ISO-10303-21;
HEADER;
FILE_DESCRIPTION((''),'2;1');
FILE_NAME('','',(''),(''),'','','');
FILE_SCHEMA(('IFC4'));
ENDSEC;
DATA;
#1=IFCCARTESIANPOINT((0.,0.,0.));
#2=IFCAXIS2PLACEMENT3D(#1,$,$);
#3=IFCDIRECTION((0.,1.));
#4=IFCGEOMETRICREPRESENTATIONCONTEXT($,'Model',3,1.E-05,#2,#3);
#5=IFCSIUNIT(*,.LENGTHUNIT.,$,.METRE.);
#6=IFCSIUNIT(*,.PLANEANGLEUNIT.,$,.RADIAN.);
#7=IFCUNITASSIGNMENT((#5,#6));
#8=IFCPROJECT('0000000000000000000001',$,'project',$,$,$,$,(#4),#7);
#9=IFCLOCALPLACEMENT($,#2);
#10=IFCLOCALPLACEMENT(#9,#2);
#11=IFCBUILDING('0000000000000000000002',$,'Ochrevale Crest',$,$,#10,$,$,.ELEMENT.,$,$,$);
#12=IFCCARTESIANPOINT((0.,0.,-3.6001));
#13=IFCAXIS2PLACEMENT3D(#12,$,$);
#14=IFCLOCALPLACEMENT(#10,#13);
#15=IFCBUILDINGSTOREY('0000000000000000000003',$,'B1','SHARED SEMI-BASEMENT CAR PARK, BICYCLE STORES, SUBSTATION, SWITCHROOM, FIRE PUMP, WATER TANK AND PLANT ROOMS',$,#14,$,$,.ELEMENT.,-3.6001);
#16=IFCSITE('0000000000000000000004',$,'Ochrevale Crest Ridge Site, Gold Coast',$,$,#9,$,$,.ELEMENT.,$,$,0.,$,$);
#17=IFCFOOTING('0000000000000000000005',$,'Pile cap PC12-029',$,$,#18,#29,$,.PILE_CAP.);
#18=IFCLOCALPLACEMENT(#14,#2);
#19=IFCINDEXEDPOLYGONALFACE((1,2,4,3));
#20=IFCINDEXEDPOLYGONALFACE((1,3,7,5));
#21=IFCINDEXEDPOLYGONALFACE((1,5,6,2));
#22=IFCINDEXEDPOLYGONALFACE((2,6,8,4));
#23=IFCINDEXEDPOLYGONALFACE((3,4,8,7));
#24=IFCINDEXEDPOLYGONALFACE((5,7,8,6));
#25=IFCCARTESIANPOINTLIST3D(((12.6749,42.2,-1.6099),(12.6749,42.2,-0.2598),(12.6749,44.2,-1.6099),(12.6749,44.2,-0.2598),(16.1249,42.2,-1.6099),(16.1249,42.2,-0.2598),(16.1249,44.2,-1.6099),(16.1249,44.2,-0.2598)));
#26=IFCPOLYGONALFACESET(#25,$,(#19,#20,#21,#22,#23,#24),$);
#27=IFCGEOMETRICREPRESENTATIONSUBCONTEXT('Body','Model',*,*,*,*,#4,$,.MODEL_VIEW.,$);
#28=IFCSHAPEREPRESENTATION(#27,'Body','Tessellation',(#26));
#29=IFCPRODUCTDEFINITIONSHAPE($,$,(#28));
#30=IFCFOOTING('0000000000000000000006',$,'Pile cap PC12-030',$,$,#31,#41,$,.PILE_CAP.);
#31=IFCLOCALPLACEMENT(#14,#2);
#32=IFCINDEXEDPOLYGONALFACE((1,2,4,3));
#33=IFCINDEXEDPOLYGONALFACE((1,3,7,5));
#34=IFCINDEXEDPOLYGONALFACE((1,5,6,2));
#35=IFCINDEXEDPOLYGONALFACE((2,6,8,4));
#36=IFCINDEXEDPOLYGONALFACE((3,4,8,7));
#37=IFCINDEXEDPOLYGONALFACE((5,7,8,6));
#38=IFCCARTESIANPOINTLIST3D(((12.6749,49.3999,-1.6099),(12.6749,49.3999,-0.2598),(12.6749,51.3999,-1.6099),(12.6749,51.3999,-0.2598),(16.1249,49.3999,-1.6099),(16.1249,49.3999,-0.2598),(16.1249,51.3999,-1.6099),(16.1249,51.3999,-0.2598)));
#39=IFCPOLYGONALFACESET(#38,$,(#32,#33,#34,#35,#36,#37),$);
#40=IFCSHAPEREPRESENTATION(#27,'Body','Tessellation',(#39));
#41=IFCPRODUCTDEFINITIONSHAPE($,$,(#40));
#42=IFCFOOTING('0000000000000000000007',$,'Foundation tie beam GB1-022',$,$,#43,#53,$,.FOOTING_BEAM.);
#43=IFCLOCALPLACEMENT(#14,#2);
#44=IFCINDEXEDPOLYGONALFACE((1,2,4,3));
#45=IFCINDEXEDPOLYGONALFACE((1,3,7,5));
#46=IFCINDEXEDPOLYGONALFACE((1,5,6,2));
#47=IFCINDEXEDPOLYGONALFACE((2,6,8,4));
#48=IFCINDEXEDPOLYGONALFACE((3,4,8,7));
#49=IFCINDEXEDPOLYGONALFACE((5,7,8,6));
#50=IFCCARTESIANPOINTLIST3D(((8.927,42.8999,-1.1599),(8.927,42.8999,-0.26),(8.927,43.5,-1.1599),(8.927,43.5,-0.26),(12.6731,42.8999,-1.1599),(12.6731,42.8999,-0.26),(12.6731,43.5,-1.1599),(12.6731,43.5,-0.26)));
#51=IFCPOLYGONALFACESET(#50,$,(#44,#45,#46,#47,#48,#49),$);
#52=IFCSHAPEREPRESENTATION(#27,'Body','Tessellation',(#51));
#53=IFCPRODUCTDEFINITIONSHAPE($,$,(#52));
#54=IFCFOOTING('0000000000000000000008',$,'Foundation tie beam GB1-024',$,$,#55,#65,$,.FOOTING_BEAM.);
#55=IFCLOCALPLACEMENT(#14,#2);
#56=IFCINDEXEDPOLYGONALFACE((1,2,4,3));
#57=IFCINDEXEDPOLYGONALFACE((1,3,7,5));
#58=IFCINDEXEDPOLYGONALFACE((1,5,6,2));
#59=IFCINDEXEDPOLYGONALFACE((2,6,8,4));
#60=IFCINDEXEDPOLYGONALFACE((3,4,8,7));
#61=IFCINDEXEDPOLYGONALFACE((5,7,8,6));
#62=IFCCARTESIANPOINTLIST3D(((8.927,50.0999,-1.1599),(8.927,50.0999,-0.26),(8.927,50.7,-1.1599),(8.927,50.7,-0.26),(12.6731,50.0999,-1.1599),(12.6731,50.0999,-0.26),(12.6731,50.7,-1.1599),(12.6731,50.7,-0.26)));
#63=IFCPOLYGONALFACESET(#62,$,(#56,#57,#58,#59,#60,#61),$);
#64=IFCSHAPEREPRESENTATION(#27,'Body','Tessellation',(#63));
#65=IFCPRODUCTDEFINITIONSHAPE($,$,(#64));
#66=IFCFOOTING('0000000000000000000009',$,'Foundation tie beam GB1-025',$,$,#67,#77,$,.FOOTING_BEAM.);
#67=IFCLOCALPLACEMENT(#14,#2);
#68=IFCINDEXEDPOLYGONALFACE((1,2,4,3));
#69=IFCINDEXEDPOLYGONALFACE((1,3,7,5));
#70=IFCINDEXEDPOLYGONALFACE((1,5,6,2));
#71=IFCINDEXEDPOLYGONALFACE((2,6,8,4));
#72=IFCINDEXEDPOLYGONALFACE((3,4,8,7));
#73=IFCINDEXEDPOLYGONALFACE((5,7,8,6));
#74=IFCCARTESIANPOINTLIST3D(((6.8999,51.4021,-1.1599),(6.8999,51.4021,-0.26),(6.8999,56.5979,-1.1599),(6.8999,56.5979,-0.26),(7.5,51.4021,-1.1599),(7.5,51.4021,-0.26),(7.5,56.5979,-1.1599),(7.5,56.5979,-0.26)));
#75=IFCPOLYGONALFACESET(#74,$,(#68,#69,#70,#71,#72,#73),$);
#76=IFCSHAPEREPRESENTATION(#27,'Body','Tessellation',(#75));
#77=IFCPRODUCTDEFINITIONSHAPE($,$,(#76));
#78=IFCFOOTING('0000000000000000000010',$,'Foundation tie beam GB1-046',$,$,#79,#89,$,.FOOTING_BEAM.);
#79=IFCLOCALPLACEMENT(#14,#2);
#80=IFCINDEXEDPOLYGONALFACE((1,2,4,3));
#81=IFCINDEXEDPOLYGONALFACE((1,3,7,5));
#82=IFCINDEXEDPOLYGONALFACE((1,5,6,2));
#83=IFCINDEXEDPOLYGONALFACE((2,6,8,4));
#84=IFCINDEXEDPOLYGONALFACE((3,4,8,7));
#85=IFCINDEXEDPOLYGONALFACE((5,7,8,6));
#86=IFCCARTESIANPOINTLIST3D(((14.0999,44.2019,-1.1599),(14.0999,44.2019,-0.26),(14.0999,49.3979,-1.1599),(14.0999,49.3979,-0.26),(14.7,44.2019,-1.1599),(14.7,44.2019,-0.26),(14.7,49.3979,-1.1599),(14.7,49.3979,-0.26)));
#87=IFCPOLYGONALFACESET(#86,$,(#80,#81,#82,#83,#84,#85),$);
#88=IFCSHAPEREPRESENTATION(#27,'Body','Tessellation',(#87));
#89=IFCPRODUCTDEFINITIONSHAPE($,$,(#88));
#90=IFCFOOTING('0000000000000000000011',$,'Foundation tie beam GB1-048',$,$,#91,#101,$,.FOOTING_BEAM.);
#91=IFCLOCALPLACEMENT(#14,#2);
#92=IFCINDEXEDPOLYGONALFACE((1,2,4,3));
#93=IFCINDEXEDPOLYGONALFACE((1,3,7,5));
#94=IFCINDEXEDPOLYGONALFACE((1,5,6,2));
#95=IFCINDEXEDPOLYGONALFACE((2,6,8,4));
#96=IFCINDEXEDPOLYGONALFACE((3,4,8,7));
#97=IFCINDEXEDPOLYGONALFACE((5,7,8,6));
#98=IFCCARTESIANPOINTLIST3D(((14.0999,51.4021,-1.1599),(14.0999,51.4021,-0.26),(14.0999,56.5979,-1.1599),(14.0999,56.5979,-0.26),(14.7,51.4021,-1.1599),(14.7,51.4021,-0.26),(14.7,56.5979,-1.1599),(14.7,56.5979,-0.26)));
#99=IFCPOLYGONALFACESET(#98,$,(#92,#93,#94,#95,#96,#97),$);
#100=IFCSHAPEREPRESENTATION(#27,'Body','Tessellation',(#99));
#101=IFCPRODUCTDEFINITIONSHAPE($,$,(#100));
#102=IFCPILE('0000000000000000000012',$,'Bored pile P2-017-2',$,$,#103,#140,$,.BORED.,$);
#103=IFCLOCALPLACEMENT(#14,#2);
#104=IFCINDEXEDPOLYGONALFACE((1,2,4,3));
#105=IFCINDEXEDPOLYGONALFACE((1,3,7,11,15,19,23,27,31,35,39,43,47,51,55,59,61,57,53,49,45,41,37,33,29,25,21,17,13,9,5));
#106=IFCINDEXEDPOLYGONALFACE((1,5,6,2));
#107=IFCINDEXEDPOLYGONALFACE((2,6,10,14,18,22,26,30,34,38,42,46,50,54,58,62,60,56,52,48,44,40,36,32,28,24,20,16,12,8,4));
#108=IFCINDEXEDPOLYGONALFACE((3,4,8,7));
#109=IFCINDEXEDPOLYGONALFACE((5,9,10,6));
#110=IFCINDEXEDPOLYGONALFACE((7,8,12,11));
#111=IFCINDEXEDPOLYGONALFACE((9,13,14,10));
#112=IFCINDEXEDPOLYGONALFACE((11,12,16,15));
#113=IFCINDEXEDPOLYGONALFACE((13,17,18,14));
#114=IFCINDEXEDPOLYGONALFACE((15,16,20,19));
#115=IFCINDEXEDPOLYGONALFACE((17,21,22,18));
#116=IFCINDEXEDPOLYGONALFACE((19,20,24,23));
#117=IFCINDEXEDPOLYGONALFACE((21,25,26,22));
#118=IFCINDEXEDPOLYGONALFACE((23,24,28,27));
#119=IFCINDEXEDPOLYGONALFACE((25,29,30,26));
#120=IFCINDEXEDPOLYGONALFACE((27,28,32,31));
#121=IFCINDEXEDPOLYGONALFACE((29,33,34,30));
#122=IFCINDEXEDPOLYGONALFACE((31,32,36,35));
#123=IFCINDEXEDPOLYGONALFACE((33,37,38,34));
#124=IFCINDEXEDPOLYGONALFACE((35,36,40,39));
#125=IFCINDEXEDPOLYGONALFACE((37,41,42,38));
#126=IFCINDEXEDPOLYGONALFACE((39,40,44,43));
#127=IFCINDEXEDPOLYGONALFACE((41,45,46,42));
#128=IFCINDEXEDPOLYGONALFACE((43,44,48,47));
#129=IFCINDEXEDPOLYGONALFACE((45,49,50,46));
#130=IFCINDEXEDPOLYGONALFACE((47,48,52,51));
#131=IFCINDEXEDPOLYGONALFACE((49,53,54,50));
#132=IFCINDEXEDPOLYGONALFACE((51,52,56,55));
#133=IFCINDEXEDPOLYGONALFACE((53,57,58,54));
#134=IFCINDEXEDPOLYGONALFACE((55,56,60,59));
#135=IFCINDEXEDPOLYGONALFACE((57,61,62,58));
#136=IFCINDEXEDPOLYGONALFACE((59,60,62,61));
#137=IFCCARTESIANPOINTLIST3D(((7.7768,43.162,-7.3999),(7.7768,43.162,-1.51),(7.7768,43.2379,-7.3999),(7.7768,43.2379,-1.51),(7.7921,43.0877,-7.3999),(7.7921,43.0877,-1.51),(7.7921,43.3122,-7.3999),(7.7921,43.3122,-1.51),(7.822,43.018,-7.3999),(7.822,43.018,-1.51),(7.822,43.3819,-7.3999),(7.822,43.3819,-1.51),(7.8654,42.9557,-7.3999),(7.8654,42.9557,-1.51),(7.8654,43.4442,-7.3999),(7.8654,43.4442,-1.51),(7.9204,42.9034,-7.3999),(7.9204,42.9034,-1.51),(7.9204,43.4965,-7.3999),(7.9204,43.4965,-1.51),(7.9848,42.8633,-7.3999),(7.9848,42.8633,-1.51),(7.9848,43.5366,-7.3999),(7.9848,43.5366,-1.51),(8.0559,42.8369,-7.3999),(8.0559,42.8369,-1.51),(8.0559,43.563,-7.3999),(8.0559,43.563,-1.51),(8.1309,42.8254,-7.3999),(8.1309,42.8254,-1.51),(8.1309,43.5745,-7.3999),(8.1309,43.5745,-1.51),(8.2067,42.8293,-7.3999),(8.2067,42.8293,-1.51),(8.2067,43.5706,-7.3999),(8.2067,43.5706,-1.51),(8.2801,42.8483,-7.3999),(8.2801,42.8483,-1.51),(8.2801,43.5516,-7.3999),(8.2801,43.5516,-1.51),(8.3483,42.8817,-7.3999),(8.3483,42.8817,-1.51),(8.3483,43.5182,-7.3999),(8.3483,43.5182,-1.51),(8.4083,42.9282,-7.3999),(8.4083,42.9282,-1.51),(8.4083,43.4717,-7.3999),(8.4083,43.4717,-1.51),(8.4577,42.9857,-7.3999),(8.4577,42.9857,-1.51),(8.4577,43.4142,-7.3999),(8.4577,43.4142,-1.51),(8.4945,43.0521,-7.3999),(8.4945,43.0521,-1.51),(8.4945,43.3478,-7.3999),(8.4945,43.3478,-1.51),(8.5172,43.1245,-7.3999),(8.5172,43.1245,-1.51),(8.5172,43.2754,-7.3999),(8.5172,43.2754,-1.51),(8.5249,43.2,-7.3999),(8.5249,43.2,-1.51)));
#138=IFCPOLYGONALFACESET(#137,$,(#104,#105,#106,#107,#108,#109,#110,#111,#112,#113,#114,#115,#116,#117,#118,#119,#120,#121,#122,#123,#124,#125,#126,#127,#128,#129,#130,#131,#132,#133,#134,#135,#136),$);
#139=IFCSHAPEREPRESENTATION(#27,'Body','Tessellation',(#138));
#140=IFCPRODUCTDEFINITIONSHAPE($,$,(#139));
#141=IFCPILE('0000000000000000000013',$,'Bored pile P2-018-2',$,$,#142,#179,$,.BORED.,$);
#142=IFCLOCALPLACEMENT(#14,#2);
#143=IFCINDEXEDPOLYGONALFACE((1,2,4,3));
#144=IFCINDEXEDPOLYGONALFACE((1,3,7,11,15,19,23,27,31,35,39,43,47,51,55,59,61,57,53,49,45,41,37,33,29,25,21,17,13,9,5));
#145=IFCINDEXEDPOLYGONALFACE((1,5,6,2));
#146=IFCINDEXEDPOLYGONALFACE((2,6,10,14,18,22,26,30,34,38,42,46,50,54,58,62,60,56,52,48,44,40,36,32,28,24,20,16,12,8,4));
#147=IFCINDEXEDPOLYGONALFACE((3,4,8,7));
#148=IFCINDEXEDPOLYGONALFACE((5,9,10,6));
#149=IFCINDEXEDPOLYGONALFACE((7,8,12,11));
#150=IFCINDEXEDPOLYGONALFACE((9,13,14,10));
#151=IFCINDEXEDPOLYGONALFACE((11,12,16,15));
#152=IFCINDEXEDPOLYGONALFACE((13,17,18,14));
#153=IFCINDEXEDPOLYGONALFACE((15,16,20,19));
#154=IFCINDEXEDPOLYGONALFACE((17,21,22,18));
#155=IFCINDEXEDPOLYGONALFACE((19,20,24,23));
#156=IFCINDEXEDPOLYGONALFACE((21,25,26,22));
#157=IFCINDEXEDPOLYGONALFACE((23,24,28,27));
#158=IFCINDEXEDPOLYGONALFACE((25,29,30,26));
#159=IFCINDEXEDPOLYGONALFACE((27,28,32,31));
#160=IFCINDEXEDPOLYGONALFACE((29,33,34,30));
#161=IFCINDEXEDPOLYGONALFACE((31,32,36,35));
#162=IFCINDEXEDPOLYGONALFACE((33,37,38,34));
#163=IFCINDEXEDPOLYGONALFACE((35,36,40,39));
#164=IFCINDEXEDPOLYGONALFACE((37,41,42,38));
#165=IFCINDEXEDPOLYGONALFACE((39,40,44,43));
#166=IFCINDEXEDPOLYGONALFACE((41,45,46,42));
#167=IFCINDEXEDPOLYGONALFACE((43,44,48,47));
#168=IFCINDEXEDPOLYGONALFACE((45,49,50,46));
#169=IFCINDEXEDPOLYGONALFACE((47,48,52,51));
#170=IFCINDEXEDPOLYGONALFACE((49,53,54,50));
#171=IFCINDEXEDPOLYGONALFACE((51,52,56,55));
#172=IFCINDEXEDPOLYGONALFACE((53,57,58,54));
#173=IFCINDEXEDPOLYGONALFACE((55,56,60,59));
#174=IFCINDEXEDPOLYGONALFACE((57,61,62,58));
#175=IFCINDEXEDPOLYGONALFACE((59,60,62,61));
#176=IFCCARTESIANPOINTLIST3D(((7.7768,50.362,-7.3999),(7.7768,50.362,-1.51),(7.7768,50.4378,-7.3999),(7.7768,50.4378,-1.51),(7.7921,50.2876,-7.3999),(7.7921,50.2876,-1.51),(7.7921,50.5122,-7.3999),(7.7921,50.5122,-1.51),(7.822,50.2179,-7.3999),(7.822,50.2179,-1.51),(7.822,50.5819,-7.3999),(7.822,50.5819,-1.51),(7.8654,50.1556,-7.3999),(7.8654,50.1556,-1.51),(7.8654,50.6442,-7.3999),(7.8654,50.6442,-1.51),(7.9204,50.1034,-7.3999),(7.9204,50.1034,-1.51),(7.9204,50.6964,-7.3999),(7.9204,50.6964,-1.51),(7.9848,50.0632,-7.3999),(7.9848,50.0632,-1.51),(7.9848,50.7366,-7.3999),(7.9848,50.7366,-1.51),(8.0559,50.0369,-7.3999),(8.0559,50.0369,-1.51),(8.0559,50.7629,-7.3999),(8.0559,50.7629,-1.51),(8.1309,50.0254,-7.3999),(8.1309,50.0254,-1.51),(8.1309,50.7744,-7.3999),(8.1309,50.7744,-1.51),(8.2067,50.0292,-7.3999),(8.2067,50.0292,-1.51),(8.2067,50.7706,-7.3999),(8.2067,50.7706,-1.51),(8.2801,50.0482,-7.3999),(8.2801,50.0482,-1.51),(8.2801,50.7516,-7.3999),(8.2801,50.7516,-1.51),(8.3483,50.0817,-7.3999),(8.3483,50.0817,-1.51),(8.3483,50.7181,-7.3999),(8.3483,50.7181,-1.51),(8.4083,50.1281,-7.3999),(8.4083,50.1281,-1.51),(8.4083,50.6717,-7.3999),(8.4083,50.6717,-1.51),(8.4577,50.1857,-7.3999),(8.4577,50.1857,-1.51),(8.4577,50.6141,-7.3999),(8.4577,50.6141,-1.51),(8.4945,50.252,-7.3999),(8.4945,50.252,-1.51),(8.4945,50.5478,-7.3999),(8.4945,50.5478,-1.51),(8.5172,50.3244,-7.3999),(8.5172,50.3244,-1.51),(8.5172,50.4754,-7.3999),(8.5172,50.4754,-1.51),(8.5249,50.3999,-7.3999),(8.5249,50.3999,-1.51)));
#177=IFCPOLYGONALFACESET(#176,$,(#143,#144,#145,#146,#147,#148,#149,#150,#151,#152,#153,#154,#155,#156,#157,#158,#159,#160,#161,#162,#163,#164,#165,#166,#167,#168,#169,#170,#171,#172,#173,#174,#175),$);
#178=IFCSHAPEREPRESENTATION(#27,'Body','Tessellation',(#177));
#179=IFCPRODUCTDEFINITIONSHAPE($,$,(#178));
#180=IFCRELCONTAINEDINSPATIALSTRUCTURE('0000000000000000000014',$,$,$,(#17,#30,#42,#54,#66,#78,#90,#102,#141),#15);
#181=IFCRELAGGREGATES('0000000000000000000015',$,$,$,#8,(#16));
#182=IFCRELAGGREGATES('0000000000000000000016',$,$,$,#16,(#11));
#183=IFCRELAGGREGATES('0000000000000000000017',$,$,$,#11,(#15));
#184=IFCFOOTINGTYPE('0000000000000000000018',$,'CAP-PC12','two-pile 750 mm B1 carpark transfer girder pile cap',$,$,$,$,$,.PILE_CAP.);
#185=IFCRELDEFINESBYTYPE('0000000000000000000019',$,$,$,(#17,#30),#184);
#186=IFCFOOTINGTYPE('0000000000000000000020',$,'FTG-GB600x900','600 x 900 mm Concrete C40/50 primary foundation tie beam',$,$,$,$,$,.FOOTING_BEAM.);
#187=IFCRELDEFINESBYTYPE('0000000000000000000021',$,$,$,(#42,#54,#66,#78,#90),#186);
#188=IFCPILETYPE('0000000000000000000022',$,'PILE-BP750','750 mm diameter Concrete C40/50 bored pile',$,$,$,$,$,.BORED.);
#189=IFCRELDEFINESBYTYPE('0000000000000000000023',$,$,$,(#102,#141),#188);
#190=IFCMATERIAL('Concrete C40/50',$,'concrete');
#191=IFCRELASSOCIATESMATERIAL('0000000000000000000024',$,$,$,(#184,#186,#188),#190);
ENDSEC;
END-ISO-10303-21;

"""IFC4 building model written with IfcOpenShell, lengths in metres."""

from ifc_helpers import new_model, si_unit, direction, frame, origin, origin_2d, place, context, subcontext, project, spatial, rectangle, circle, extrude, material, material_profile, profile_set, type_object, element, save


model = new_model("IFC4")

# Units and contexts
model_context = context("Model", 3, precision=1e-05, world=origin(), true_north=direction((0.0, 1.0)))
body_context = subcontext(model_context, "Body", "Model", "MODEL_VIEW")
ifc_project = project(units=[si_unit("LENGTHUNIT", "METRE"), si_unit("PLANEANGLEUNIT", "RADIAN")], contexts=[model_context])

# Site, building, storey
site_placement = place(None, origin())
site = spatial("IfcSite", under=ifc_project, at=site_placement, Name="Ochrevale Crest Ridge Site, Gold Coast", CompositionType="ELEMENT", RefElevation=0.0)
building_placement = place(site_placement, origin())
building = spatial("IfcBuilding", under=site, at=building_placement, Name="Ochrevale Crest", CompositionType="ELEMENT")
storey_placement = place(building_placement, frame((0.0, 0.0, -3.6001)))
storey = spatial("IfcBuildingStorey", under=building, at=storey_placement, Name="B1", Description="SHARED SEMI-BASEMENT CAR PARK, BICYCLE STORES, SUBSTATION, SWITCHROOM, FIRE PUMP, WATER TANK AND PLANT ROOMS", CompositionType="ELEMENT", Elevation=-3.6001)

# Footings
ifc_material_1 = material(Name="Concrete C40/50", Category="concrete")
footing_type_1 = type_object("IfcFootingType", Name="CAP-PC12", Description="two-pile 750 mm B1 carpark transfer girder pile cap", PredefinedType="PILE_CAP", material=ifc_material_1)
for number, where, z_axis, x_axis, name in (
    (1, (14.3999, 43.2, -1.6099), (0.0, 0.0, 1.0), (1.0, 0.0, 0.0), "Pile cap PC12-029"),
    (2, (14.3999, 50.3999, -1.6099), (0.0, 0.0, 1.0), (1.0, 0.0, 0.0), "Pile cap PC12-030"),
):
    element("IfcFooting", number, at=place(storey_placement, frame(where, z_axis=z_axis, x_axis=x_axis)), inside=storey, type_object=footing_type_1, Name=name, PredefinedType="PILE_CAP", context=body_context, shape_type="SweptSolid", body=[
        extrude(rectangle(XDim=3.45, YDim=2.0, at=origin_2d()), origin(), (0.0, 0.0, 1.0), 1.3501),
    ])
ifc_material_profile_1 = material_profile(ifc_material_1, rectangle(XDim=0.6001, YDim=0.8999, at=origin_2d()), Name="GB 600x900")
ifc_profile_set_1 = profile_set([ifc_material_profile_1], Name="Concrete C40/50")
footing_type_2 = type_object("IfcFootingType", Name="FTG-GB600x900", Description="600 x 900 mm Concrete C40/50 primary foundation tie beam", PredefinedType="FOOTING_BEAM", material=ifc_profile_set_1)
for number, where, z_axis, x_axis, name in (
    (3, (8.927, 43.2, -0.71), (1.0, 0.0, 0.0), (0.0, 1.0, 0.0), "Foundation tie beam GB1-022"),
    (4, (8.927, 50.3999, -0.71), (1.0, 0.0, 0.0), (0.0, 1.0, 0.0), "Foundation tie beam GB1-024"),
):
    element("IfcFooting", number, at=place(storey_placement, frame(where, z_axis=z_axis, x_axis=x_axis)), inside=storey, type_object=footing_type_2, Name=name, PredefinedType="FOOTING_BEAM", context=body_context, shape_type="SweptSolid", body=[
        extrude(rectangle(XDim=0.6001, YDim=0.8999, at=origin_2d()), origin(), (0.0, 0.0, 1.0), 3.7461),
    ])
footing_1_placement = place(storey_placement, frame((7.2, 51.4021, -0.71), z_axis=(0.0, 1.0, 0.0), x_axis=(-1.0, 0.0, 0.0)))
element("IfcFooting", 5, at=footing_1_placement, inside=storey, type_object=footing_type_2, Name="Foundation tie beam GB1-025", PredefinedType="FOOTING_BEAM", context=body_context, shape_type="SweptSolid", body=[
    extrude(rectangle(XDim=0.6001, YDim=0.8999, at=origin_2d()), origin(), (0.0, 0.0, 1.0), 5.1958),
])
footing_2_placement = place(storey_placement, frame((14.3999, 44.2019, -0.71), z_axis=(0.0, 1.0, 0.0), x_axis=(-1.0, 0.0, 0.0)))
element("IfcFooting", 6, at=footing_2_placement, inside=storey, type_object=footing_type_2, Name="Foundation tie beam GB1-046", PredefinedType="FOOTING_BEAM", context=body_context, shape_type="SweptSolid", body=[
    extrude(rectangle(XDim=0.6001, YDim=0.8999, at=origin_2d()), origin(), (0.0, 0.0, 1.0), 5.196),
])
footing_3_placement = place(storey_placement, frame((14.3999, 51.4021, -0.71), z_axis=(0.0, 1.0, 0.0), x_axis=(-1.0, 0.0, 0.0)))
element("IfcFooting", 7, at=footing_3_placement, inside=storey, type_object=footing_type_2, Name="Foundation tie beam GB1-048", PredefinedType="FOOTING_BEAM", context=body_context, shape_type="SweptSolid", body=[
    extrude(rectangle(XDim=0.6001, YDim=0.8999, at=origin_2d()), origin(), (0.0, 0.0, 1.0), 5.1958),
])

# Piles
ifc_material_profile_2 = material_profile(ifc_material_1, circle(Radius=0.375, at=origin_2d()), Name="BORED PILE 750")
ifc_profile_set_2 = profile_set([ifc_material_profile_2], Name="Concrete C40/50")
pile_type = type_object("IfcPileType", Name="PILE-BP750", Description="750 mm diameter Concrete C40/50 bored pile", PredefinedType="BORED", material=ifc_profile_set_2)
for number, where, z_axis, x_axis, name in (
    (8, (8.1499, 43.2, -1.51), (0.0, 0.0, -1.0), (1.0, 0.0, 0.0), "Bored pile P2-017-2"),
    (9, (8.1499, 50.3999, -1.51), (0.0, 0.0, -1.0), (1.0, 0.0, 0.0), "Bored pile P2-018-2"),
):
    element("IfcPile", number, at=place(storey_placement, frame(where, z_axis=z_axis, x_axis=x_axis)), inside=storey, type_object=pile_type, Name=name, PredefinedType="BORED", context=body_context, shape_type="SweptSolid", body=[
        extrude(circle(Radius=0.375, at=origin_2d()), origin(), (0.0, 0.0, 1.0), 5.8899),
    ])

save(model, "model.ifc")
